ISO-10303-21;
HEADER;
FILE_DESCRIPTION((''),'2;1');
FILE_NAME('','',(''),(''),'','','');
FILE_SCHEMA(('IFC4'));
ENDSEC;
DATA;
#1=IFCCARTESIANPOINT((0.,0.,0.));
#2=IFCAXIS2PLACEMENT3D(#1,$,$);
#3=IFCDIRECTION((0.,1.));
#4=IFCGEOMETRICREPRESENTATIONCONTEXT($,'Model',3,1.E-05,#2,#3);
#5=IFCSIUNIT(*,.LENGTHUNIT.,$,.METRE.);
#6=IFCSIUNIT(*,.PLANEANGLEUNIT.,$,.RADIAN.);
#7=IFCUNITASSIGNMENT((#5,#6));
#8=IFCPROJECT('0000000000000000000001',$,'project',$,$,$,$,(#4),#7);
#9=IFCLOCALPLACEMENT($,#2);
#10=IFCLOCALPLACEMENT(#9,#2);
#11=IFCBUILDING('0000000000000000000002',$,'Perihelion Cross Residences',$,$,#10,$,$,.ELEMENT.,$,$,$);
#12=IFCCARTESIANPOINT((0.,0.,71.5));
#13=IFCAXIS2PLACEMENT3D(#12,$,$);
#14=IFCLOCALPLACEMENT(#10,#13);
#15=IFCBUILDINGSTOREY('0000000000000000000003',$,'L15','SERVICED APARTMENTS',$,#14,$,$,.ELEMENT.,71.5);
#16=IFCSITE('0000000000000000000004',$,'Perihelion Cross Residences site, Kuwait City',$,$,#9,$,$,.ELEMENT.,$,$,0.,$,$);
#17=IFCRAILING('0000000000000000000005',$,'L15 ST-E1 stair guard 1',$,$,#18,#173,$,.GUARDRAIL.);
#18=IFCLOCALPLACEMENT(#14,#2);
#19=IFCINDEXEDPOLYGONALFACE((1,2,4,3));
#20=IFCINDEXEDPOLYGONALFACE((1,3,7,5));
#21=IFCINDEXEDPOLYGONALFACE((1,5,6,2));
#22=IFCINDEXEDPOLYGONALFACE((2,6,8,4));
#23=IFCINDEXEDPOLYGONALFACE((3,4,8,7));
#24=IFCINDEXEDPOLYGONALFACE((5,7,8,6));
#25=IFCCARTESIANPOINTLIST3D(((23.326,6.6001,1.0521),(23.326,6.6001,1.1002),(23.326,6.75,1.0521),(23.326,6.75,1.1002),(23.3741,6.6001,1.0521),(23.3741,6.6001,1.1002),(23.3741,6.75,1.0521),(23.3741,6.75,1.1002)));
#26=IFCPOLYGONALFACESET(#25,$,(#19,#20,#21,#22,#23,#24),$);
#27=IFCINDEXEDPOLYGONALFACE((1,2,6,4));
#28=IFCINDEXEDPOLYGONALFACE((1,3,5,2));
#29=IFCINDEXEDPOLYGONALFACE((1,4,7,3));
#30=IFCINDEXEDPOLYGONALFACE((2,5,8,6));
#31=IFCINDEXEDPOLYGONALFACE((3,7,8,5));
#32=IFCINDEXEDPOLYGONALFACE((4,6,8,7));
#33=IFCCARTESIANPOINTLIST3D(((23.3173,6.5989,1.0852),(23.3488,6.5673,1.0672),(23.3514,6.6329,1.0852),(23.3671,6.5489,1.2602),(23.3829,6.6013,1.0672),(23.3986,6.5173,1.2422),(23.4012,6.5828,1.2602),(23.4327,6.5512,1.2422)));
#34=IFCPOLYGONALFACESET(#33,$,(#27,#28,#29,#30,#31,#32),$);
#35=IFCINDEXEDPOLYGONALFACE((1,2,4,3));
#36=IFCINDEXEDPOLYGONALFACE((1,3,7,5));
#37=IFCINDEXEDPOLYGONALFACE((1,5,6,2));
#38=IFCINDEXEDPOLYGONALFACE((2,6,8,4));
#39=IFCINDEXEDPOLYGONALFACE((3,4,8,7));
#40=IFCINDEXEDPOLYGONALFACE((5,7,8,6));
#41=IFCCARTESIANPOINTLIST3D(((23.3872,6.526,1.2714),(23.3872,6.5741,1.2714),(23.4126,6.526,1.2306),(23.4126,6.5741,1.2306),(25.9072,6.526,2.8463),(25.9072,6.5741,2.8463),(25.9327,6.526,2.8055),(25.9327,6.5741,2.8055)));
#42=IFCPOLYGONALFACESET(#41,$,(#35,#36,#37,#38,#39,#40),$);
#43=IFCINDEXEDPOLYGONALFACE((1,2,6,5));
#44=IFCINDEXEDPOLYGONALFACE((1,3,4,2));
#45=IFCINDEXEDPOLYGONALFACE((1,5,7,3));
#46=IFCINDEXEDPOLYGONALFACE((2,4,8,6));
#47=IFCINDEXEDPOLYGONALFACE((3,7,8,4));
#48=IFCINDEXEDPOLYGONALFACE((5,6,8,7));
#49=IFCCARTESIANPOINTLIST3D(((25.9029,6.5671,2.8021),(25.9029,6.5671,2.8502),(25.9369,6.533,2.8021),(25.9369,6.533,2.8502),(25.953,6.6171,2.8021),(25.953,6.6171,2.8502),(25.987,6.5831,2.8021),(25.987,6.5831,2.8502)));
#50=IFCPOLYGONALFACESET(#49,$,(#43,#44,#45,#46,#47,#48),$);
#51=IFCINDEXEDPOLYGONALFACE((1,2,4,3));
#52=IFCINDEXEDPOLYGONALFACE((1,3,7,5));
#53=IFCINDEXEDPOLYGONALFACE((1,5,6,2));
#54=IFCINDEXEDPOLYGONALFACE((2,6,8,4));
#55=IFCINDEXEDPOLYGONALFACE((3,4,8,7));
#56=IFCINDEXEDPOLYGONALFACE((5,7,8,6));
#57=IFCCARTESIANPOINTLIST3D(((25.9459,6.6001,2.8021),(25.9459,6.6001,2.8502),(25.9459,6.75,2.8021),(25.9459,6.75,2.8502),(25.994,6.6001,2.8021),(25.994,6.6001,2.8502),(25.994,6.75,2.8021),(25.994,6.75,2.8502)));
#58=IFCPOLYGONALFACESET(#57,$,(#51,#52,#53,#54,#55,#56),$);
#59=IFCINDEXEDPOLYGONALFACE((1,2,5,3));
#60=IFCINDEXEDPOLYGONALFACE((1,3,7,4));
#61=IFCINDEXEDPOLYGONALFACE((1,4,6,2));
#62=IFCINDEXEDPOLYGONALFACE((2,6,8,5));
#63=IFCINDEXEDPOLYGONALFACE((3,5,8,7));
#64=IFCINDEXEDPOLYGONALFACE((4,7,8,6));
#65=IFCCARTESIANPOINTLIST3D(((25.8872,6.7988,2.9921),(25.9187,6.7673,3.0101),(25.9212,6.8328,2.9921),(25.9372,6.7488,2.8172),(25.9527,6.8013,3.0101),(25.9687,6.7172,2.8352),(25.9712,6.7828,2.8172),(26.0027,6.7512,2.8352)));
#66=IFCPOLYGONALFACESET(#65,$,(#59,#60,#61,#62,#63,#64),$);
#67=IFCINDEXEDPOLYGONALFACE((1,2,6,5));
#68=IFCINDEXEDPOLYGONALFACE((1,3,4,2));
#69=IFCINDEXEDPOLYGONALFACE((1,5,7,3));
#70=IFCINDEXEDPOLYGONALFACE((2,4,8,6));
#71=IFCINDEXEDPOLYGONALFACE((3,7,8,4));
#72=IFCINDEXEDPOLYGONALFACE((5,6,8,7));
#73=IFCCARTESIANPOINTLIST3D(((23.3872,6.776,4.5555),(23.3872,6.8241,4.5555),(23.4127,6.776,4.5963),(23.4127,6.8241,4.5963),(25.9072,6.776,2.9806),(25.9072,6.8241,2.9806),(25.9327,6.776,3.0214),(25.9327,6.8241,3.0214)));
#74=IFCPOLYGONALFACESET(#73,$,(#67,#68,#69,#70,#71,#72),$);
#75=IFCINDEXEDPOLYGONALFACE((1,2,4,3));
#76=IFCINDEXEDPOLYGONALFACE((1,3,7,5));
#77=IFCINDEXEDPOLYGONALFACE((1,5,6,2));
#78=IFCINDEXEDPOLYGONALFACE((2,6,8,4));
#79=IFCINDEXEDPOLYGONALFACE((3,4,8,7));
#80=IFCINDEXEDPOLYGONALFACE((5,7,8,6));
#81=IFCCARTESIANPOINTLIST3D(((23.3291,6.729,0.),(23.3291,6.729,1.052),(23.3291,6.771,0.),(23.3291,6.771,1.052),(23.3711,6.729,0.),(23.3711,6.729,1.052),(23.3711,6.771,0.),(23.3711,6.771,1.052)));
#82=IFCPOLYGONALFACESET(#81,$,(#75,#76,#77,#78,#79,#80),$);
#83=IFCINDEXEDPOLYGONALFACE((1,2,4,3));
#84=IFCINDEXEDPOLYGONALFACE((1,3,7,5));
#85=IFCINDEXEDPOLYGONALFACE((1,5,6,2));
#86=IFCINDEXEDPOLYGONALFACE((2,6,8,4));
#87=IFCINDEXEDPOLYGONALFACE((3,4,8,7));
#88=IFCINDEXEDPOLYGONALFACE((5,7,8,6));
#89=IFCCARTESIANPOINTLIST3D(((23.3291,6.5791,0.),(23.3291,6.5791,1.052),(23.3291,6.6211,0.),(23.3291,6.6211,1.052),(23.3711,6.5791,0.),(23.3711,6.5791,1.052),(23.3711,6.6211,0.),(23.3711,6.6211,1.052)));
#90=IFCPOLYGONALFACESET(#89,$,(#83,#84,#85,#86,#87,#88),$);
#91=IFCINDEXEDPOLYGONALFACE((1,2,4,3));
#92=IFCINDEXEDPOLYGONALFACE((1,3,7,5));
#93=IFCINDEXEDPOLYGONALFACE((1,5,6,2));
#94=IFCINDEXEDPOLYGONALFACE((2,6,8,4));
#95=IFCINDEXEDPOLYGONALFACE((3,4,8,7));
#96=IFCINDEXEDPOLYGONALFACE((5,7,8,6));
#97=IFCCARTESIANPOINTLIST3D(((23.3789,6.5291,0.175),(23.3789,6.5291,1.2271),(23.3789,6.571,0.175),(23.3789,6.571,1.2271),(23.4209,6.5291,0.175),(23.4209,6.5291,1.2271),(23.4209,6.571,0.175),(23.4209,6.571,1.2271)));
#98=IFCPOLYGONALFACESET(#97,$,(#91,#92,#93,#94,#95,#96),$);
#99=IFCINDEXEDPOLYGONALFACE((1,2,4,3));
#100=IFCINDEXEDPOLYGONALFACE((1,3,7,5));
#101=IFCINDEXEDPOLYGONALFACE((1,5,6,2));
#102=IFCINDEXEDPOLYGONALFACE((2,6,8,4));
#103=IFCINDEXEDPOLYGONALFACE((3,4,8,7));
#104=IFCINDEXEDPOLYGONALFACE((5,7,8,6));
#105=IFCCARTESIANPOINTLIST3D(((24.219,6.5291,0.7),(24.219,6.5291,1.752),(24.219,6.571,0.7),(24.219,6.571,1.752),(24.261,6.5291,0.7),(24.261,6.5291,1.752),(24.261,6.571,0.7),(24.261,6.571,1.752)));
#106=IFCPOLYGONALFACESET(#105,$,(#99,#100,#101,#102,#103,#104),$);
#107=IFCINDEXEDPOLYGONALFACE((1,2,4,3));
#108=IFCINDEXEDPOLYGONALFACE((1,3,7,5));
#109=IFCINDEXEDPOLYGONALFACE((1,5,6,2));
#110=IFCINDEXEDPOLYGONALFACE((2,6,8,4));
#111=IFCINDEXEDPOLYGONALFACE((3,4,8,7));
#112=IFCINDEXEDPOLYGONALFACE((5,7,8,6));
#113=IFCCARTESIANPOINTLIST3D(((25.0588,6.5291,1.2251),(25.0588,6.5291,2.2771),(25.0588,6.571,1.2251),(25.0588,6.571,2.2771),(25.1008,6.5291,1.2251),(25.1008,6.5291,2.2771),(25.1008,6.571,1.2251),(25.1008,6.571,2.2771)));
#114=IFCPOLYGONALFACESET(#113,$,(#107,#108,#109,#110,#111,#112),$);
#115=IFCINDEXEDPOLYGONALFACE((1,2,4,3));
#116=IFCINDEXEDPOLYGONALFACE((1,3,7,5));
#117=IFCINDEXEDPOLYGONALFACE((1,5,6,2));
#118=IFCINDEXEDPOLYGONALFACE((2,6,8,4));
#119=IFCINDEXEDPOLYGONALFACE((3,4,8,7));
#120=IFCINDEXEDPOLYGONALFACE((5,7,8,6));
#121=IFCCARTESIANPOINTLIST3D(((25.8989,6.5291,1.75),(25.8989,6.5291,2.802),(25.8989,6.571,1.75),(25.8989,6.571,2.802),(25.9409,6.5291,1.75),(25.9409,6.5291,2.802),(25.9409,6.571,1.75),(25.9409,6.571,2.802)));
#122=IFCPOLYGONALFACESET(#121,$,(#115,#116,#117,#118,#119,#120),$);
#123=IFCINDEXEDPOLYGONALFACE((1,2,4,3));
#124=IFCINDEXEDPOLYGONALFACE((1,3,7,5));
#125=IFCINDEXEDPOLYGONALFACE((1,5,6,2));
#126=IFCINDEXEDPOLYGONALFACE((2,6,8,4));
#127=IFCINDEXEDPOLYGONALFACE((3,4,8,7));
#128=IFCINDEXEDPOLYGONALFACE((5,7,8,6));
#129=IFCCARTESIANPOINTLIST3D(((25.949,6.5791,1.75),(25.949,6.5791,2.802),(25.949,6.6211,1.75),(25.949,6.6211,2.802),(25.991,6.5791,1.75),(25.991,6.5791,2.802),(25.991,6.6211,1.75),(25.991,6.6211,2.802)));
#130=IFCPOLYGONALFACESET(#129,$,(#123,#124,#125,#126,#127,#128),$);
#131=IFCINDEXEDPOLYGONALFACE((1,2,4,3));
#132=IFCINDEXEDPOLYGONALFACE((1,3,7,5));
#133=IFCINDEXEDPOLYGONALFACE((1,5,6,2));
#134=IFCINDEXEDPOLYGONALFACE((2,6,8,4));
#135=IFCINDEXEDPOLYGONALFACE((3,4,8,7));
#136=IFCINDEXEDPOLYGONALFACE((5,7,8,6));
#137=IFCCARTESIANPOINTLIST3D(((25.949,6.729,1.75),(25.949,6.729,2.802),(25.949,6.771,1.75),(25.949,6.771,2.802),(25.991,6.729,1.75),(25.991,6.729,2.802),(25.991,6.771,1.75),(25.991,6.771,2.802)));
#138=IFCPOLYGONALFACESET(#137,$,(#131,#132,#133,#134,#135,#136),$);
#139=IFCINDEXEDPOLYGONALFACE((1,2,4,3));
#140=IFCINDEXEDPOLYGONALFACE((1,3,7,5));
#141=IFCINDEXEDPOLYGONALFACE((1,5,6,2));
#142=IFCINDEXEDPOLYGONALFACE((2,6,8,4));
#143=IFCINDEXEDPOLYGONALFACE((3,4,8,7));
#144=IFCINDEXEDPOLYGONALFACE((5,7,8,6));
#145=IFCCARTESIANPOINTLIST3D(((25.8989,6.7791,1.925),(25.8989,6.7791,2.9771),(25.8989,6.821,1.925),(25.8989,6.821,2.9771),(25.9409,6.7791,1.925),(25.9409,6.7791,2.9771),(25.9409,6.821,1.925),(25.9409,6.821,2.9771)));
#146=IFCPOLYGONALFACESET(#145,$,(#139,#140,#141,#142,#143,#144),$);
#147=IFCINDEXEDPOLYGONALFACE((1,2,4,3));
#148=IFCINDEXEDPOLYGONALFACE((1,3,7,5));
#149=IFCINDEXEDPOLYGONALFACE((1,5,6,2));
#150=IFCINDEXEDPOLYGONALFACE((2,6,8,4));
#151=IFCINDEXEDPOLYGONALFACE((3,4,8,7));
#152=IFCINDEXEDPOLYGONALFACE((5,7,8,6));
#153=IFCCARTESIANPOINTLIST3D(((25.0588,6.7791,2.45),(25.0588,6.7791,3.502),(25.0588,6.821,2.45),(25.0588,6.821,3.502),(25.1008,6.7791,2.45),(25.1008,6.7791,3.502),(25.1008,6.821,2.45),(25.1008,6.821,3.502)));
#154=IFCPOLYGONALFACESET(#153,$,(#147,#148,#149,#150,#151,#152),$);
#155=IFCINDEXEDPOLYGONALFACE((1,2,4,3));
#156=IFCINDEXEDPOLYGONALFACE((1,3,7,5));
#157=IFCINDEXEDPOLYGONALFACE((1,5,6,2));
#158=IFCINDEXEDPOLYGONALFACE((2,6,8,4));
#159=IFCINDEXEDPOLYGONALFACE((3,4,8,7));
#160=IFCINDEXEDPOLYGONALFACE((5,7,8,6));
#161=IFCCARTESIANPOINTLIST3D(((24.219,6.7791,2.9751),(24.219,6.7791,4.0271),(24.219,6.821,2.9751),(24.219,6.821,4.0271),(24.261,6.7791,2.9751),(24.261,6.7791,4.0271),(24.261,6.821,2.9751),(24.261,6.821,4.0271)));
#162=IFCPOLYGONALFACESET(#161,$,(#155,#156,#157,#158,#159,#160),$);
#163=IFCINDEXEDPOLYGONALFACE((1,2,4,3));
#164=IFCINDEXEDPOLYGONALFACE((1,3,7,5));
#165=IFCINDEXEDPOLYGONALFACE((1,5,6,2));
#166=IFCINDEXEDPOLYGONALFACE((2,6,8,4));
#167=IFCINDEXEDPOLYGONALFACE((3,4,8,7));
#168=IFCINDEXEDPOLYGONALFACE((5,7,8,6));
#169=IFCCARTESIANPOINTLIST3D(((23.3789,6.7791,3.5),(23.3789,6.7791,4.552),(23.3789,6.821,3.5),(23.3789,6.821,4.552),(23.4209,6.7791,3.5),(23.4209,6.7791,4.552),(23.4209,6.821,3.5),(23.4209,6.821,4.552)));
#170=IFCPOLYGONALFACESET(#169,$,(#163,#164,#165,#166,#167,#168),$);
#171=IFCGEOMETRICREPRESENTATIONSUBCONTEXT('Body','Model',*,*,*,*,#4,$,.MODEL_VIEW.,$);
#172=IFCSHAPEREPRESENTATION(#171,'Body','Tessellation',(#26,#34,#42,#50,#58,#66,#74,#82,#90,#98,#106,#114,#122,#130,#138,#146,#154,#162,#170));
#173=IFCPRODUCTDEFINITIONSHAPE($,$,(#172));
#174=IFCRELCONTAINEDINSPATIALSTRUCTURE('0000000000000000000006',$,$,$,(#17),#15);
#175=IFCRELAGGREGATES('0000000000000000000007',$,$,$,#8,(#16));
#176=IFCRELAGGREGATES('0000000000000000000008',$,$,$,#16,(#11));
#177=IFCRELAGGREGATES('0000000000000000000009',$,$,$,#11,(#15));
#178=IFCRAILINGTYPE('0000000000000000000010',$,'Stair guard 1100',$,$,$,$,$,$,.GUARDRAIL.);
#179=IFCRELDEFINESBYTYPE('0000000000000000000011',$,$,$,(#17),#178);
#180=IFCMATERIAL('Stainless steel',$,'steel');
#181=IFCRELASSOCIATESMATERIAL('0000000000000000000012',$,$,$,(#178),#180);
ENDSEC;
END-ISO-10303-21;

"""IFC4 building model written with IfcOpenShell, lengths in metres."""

from ifc_helpers import new_model, si_unit, direction, frame, origin, origin_2d, place, context, subcontext, project, spatial, rectangle, extrude, material, type_object, element, save


model = new_model("IFC4")

# Units and contexts
model_context = context("Model", 3, precision=1e-05, world=origin(), true_north=direction((0.0, 1.0)))
body_context = subcontext(model_context, "Body", "Model", "MODEL_VIEW")
ifc_project = project(units=[si_unit("LENGTHUNIT", "METRE"), si_unit("PLANEANGLEUNIT", "RADIAN")], contexts=[model_context])

# Site, building, storey
site_placement = place(None, origin())
site = spatial("IfcSite", under=ifc_project, at=site_placement, Name="Perihelion Cross Residences site, Kuwait City", CompositionType="ELEMENT", RefElevation=0.0)
building_placement = place(site_placement, origin())
building = spatial("IfcBuilding", under=site, at=building_placement, Name="Perihelion Cross Residences", CompositionType="ELEMENT")
storey_placement = place(building_placement, frame((0.0, 0.0, 71.5)))
storey = spatial("IfcBuildingStorey", under=building, at=storey_placement, Name="L15", Description="SERVICED APARTMENTS", CompositionType="ELEMENT", Elevation=71.5)

# Railing
ifc_material_1 = material(Name="Stainless steel", Category="steel")
railing_type_1 = type_object("IfcRailingType", Name="Stair guard 1100", PredefinedType="GUARDRAIL", material=ifc_material_1)
railing_1_placement = place(storey_placement, frame((23.3501, 6.75, 0.0)))
element("IfcRailing", 1, at=railing_1_placement, inside=storey, type_object=railing_type_1, Name="L15 ST-E1 stair guard 1", PredefinedType="GUARDRAIL", context=body_context, shape_type="SweptSolid", body=[
    extrude(rectangle(XDim=0.0481, YDim=0.0481, at=origin_2d()), frame((0.0, 0.0, 1.0762), z_axis=(0.0, -1.0, 0.0), x_axis=(1.0, 0.0, 0.0)), (0.0, 0.0, 1.0), 0.1499),
    extrude(rectangle(XDim=0.0481, YDim=0.0481, at=origin_2d()), frame((0.0, -0.1499, 1.0762), z_axis=(0.263862, -0.265156, 0.927399), x_axis=(0.708834, 0.705376, 0.0)), (0.0, 0.0, 1.0), 0.1887),
    extrude(rectangle(XDim=0.0481, YDim=0.0481, at=origin_2d()), frame((0.0498, -0.2, 1.251), z_axis=(0.848008, 0.0, 0.529984), x_axis=(0.0, 1.0, 0.0)), (0.0, 0.0, 1.0), 2.9717),
    extrude(rectangle(XDim=0.0481, YDim=0.0481, at=origin_2d()), frame((2.5698, -0.2, 2.8262), z_axis=(0.707107, 0.707107, 0.0), x_axis=(-0.707107, 0.707107, 0.0)), (0.0, 0.0, 1.0), 0.0708),
    extrude(rectangle(XDim=0.0481, YDim=0.0481, at=origin_2d()), frame((2.6199, -0.1499, 2.8262), z_axis=(0.0, 1.0, 0.0), x_axis=(-1.0, 0.0, 0.0)), (0.0, 0.0, 1.0), 0.1499),
    extrude(rectangle(XDim=0.0481, YDim=0.0481, at=origin_2d()), frame((2.6199, 0.0, 2.8262), z_axis=(-0.265065, 0.265065, 0.927082), x_axis=(-0.707107, -0.707107, 0.0)), (0.0, 0.0, 1.0), 0.1887),
    extrude(rectangle(XDim=0.0481, YDim=0.0481, at=origin_2d()), frame((2.5698, 0.05, 3.001), z_axis=(-0.848008, 0.0, 0.529984), x_axis=(0.0, -1.0, 0.0)), (0.0, 0.0, 1.0), 2.9717),
    extrude(rectangle(XDim=0.042, YDim=0.042, at=origin_2d()), origin(), (0.0, 0.0, 1.0), 1.052),
    extrude(rectangle(XDim=0.042, YDim=0.042, at=origin_2d()), frame((0.0, -0.1499, 0.0)), (0.0, 0.0, 1.0), 1.052),
    extrude(rectangle(XDim=0.042, YDim=0.042, at=origin_2d()), frame((0.0498, -0.2, 0.175)), (0.0, 0.0, 1.0), 1.052),
    extrude(rectangle(XDim=0.042, YDim=0.042, at=origin_2d()), frame((0.8899, -0.2, 0.7)), (0.0, 0.0, 1.0), 1.052),
    extrude(rectangle(XDim=0.042, YDim=0.042, at=origin_2d()), frame((1.7297, -0.2, 1.2251)), (0.0, 0.0, 1.0), 1.052),
    extrude(rectangle(XDim=0.042, YDim=0.042, at=origin_2d()), frame((2.5698, -0.2, 1.75)), (0.0, 0.0, 1.0), 1.052),
    extrude(rectangle(XDim=0.042, YDim=0.042, at=origin_2d()), frame((2.6199, -0.1499, 1.75)), (0.0, 0.0, 1.0), 1.052),
    extrude(rectangle(XDim=0.042, YDim=0.042, at=origin_2d()), frame((2.6199, 0.0, 1.75)), (0.0, 0.0, 1.0), 1.052),
    extrude(rectangle(XDim=0.042, YDim=0.042, at=origin_2d()), frame((2.5698, 0.05, 1.925)), (0.0, 0.0, 1.0), 1.052),
    extrude(rectangle(XDim=0.042, YDim=0.042, at=origin_2d()), frame((1.7297, 0.05, 2.45)), (0.0, 0.0, 1.0), 1.052),
    extrude(rectangle(XDim=0.042, YDim=0.042, at=origin_2d()), frame((0.8899, 0.05, 2.9751)), (0.0, 0.0, 1.0), 1.052),
    extrude(rectangle(XDim=0.042, YDim=0.042, at=origin_2d()), frame((0.0498, 0.05, 3.5)), (0.0, 0.0, 1.0), 1.052),
])

save(model, "model.ifc")
